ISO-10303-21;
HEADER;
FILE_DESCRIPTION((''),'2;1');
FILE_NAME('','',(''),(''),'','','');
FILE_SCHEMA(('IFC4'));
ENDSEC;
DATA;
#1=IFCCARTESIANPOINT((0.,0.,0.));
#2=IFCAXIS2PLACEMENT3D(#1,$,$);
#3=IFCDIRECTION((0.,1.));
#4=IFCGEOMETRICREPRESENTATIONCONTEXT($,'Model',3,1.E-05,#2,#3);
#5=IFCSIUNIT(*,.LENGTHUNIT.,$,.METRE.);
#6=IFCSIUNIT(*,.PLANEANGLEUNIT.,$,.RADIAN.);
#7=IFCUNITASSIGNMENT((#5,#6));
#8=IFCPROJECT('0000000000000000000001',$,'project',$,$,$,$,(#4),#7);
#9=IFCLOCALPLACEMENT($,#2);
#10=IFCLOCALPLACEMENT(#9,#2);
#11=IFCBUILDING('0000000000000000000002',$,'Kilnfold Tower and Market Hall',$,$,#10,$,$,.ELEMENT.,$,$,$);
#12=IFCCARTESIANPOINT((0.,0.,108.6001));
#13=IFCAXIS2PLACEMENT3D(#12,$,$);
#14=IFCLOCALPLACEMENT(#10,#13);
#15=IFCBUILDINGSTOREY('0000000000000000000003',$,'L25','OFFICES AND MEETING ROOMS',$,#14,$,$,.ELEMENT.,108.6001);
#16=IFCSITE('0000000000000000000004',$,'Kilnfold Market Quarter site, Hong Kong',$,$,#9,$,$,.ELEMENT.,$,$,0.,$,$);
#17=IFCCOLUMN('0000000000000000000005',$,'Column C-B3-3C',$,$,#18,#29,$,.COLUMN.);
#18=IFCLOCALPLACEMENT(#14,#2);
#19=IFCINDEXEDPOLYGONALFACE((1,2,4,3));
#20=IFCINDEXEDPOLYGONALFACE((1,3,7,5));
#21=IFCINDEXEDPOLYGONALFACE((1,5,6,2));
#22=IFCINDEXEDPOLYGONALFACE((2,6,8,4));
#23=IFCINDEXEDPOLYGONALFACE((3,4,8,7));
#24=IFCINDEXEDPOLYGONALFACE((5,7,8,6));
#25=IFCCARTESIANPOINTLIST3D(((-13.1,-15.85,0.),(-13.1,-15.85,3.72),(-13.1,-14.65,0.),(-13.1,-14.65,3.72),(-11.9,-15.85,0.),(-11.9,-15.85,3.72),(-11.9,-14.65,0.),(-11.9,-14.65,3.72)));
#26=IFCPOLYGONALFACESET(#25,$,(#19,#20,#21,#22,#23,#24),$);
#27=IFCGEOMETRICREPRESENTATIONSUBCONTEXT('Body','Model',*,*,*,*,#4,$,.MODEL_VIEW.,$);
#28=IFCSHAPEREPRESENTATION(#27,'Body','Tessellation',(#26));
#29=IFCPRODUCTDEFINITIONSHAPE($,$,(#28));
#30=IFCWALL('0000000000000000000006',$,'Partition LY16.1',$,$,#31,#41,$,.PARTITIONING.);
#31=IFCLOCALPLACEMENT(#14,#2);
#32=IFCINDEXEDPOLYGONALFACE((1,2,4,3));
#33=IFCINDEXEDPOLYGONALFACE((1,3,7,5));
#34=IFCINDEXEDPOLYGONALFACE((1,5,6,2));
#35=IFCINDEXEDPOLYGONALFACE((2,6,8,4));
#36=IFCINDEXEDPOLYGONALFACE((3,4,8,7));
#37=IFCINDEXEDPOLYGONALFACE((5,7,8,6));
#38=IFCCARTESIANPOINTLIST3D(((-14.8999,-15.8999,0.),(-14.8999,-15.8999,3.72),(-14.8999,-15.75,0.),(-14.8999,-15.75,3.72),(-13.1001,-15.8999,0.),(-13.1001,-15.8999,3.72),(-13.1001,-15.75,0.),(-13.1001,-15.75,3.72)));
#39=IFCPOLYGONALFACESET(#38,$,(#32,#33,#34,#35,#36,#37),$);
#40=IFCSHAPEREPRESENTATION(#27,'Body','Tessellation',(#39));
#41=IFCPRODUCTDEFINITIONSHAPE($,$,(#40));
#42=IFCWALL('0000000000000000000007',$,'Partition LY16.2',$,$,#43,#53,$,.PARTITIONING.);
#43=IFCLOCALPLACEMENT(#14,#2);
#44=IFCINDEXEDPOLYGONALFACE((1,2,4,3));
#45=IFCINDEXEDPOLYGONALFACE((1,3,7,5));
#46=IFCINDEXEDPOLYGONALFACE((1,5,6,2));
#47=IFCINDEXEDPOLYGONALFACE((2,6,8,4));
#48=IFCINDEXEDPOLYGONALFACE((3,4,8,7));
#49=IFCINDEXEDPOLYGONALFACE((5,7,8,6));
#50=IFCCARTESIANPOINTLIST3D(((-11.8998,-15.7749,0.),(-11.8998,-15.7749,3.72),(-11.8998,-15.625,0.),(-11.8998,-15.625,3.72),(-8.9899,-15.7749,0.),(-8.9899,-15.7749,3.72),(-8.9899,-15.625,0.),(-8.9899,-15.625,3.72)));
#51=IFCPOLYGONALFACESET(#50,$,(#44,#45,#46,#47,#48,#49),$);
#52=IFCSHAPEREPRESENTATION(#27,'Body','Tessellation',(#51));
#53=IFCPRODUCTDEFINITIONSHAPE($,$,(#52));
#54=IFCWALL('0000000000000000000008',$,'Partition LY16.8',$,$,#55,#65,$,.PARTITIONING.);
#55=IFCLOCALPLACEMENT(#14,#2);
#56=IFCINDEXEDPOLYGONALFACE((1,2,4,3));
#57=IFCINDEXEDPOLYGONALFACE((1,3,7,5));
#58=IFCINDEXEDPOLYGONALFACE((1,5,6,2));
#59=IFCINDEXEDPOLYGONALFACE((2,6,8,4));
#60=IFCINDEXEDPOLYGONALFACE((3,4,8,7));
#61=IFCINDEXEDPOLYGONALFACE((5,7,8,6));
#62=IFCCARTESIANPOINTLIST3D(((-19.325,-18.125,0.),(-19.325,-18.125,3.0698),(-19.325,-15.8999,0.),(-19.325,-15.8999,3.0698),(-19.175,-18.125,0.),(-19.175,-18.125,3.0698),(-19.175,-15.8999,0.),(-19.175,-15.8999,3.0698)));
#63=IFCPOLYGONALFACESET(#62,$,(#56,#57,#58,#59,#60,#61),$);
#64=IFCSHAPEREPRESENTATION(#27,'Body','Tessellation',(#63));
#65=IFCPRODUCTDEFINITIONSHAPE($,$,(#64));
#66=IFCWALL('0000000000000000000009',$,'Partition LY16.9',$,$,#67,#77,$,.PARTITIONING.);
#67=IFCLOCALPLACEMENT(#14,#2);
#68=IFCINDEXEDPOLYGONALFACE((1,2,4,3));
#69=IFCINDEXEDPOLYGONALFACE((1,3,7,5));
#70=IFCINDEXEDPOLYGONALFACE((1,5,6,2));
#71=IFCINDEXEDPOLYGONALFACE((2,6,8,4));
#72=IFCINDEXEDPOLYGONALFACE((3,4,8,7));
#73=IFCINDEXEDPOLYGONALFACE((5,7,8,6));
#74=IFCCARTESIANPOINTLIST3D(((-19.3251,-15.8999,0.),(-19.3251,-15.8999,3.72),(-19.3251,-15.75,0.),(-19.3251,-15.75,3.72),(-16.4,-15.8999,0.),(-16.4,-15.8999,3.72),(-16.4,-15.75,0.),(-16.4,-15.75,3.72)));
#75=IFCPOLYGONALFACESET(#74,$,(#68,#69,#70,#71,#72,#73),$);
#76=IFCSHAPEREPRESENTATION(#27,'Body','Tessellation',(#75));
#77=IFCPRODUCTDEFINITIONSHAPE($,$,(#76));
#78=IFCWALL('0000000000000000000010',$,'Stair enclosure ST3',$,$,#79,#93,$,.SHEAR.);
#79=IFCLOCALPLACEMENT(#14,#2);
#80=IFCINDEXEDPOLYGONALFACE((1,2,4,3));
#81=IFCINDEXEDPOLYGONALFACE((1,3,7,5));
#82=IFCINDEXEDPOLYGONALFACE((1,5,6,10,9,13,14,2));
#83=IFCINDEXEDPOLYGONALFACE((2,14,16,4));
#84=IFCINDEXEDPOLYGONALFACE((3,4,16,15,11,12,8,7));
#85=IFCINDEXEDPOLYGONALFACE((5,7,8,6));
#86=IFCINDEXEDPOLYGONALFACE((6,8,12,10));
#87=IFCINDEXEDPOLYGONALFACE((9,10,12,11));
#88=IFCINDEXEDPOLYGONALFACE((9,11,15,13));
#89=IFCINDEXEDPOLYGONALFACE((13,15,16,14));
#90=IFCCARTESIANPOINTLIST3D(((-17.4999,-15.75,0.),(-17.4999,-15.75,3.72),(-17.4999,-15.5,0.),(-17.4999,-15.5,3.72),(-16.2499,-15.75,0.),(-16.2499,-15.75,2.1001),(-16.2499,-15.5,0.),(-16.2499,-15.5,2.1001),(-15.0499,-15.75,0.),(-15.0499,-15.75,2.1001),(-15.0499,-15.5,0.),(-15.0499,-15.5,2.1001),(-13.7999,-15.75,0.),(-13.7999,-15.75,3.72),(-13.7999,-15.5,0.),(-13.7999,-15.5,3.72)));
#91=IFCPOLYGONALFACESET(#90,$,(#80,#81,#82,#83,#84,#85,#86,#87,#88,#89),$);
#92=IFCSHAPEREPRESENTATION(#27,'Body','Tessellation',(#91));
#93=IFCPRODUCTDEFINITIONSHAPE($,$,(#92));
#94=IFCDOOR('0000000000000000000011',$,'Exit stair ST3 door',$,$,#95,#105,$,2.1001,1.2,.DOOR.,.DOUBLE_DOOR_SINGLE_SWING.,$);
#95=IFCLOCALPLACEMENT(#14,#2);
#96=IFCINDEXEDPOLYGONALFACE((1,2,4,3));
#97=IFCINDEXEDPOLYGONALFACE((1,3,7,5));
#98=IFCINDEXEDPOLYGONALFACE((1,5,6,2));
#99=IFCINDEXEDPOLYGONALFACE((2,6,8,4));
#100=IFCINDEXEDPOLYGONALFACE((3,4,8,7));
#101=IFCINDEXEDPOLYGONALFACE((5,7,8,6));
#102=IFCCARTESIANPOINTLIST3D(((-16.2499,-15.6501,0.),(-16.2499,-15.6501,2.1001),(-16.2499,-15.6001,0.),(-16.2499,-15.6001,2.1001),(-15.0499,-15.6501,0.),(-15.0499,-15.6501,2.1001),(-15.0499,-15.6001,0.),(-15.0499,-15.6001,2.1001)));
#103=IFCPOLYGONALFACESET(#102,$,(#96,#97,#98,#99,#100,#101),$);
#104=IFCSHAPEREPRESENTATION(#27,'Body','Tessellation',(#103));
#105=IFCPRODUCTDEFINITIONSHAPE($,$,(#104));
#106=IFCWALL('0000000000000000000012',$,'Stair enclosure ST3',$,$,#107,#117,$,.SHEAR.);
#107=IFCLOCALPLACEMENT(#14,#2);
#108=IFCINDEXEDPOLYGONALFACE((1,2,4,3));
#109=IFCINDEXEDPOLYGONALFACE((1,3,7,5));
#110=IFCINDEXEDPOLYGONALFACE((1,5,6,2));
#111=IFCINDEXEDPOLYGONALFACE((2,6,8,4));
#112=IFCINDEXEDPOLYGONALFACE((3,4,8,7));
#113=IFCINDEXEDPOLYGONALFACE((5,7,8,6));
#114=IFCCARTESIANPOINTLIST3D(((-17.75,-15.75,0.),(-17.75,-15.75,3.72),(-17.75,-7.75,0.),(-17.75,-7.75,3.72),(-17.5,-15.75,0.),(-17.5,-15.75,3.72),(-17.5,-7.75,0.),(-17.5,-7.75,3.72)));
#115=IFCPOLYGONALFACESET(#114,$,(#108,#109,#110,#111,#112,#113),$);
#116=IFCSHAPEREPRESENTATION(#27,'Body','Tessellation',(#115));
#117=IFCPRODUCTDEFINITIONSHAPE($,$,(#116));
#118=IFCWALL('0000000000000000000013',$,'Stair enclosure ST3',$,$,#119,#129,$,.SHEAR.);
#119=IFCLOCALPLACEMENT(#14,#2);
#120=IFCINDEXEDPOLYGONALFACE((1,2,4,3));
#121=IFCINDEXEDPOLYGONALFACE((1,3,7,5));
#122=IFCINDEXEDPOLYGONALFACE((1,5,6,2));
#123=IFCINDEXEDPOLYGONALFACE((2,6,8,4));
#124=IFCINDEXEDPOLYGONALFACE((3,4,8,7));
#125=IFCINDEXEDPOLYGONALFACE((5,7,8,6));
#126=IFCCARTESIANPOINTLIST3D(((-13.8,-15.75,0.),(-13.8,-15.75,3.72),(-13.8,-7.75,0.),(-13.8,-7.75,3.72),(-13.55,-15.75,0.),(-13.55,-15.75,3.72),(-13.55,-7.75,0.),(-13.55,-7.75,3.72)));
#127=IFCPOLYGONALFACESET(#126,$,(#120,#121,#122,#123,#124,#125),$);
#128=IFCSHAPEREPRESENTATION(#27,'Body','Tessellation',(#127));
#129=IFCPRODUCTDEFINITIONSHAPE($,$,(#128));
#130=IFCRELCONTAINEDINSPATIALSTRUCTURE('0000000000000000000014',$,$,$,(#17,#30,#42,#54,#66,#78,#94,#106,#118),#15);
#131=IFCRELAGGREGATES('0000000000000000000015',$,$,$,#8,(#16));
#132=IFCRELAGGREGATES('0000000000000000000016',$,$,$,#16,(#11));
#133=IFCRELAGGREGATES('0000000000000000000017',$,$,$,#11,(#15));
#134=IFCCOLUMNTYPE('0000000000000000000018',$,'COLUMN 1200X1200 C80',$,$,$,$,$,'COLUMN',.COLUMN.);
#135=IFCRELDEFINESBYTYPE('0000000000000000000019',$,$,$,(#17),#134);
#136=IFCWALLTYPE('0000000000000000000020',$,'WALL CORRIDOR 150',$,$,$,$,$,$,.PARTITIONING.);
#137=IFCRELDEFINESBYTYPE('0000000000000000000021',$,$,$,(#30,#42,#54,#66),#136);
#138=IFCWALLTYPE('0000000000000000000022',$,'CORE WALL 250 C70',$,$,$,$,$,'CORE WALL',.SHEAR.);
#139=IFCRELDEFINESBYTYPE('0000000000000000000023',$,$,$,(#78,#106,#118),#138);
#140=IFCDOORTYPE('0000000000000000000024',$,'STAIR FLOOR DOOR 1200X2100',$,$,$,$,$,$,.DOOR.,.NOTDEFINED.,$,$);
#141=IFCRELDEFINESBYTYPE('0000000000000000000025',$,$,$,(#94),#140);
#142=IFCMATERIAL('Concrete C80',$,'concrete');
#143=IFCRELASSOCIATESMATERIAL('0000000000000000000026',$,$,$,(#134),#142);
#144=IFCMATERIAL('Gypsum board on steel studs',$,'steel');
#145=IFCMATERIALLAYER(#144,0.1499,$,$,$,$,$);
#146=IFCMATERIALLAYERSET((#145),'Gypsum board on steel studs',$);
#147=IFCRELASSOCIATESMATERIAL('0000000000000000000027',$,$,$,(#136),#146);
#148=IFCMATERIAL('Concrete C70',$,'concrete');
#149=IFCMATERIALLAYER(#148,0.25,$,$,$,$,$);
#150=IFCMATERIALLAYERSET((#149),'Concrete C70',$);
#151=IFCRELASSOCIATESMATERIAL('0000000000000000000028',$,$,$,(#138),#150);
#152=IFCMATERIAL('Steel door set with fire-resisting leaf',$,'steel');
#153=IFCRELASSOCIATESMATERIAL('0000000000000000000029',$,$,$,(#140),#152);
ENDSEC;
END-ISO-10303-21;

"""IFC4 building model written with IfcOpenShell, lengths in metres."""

from ifc_helpers import new_model, si_unit, direction, frame, frame_2d, origin, origin_2d, place, context, subcontext, project, spatial, rectangle, extrude, source, transform, mapped, material, layer, layer_set, material_profile, profile_set, type_object, element, fill, save


model = new_model("IFC4")

# Units and contexts
model_context = context("Model", 3, precision=1e-05, world=origin(), true_north=direction((0.0, 1.0)))
body_context = subcontext(model_context, "Body", "Model", "MODEL_VIEW")
ifc_project = project(units=[si_unit("LENGTHUNIT", "METRE"), si_unit("PLANEANGLEUNIT", "RADIAN")], contexts=[model_context])

# Site, building, storey
site_placement = place(None, origin())
site = spatial("IfcSite", under=ifc_project, at=site_placement, Name="Kilnfold Market Quarter site, Hong Kong", CompositionType="ELEMENT", RefElevation=0.0)
building_placement = place(site_placement, origin())
building = spatial("IfcBuilding", under=site, at=building_placement, Name="Kilnfold Tower and Market Hall", CompositionType="ELEMENT")
storey_placement = place(building_placement, frame((0.0, 0.0, 108.6001)))
storey = spatial("IfcBuildingStorey", under=building, at=storey_placement, Name="L25", Description="OFFICES AND MEETING ROOMS", CompositionType="ELEMENT", Elevation=108.6001)

# Column
ifc_material_1 = material(Name="Concrete C80", Category="concrete")
ifc_material_profile = material_profile(ifc_material_1, rectangle(XDim=1.2, YDim=1.2, at=origin_2d()), Name="RC 1200x1200")
ifc_profile_set = profile_set([ifc_material_profile], Name="Concrete C80")
column_type = type_object("IfcColumnType", Name="COLUMN 1200X1200 C80", ElementType="COLUMN", PredefinedType="COLUMN", material=ifc_profile_set)
shared_shape_1 = source(origin(), body_context, "Body", "SweptSolid", [
    extrude(rectangle(XDim=1.2, YDim=1.2, at=origin_2d()), origin(), (0.0, 0.0, 1.0), 3.72),
])
column_placement = place(storey_placement, frame((-12.5, -15.25, 0.0), z_axis=(0.0, 0.0, 1.0), x_axis=(1.0, 0.0, 0.0)))
element("IfcColumn", 1, at=column_placement, inside=storey, type_object=column_type, Name="Column C-B3-3C", PredefinedType="COLUMN", context=body_context, shape_type="MappedRepresentation", body=[
    mapped(shared_shape_1, transform((0.0, 0.0, 0.0))),
])

# Walls
ifc_material_2 = material(Name="Gypsum board on steel studs", Category="steel")
ifc_layer_1 = layer(ifc_material_2, 0.1499)
ifc_layer_set_1 = layer_set([ifc_layer_1], Name="Gypsum board on steel studs")
wall_type_1 = type_object("IfcWallType", Name="WALL CORRIDOR 150", PredefinedType="PARTITIONING", material=ifc_layer_set_1)
wall_1_placement = place(storey_placement, frame((-14.8999, -15.825, 0.0), z_axis=(0.0, 0.0, 1.0), x_axis=(1.0, 0.0, 0.0)))
element("IfcWall", 2, at=wall_1_placement, inside=storey, type_object=wall_type_1, Name="Partition LY16.1", PredefinedType="PARTITIONING", context=body_context, shape_type="SweptSolid", body=[
    extrude(rectangle(XDim=1.7998, YDim=0.1499, at=frame_2d((0.8999, 0.0))), origin(), (0.0, 0.0, 1.0), 3.72),
])
wall_2_placement = place(storey_placement, frame((-11.8999, -15.7, 0.0), z_axis=(0.0, 0.0, 1.0), x_axis=(1.0, 0.0, 0.0)))
element("IfcWall", 3, at=wall_2_placement, inside=storey, type_object=wall_type_1, Name="Partition LY16.2", PredefinedType="PARTITIONING", context=body_context, shape_type="SweptSolid", body=[
    extrude(rectangle(XDim=2.9099, YDim=0.1499, at=frame_2d((1.4551, 0.0))), origin(), (0.0, 0.0, 1.0), 3.72),
])
wall_3_placement = place(storey_placement, frame((-19.25, -15.8999, 0.0), z_axis=(0.0, 0.0, 1.0), x_axis=(0.0, -1.0, 0.0)))
element("IfcWall", 4, at=wall_3_placement, inside=storey, type_object=wall_type_1, Name="Partition LY16.8", PredefinedType="PARTITIONING", context=body_context, shape_type="SweptSolid", body=[
    extrude(rectangle(XDim=2.2251, YDim=0.1499, at=frame_2d((1.1125, 0.0))), origin(), (0.0, 0.0, 1.0), 3.0698),
])
wall_4_placement = place(storey_placement, frame((-19.325, -15.825, 0.0), z_axis=(0.0, 0.0, 1.0), x_axis=(1.0, 0.0, 0.0)))
element("IfcWall", 5, at=wall_4_placement, inside=storey, type_object=wall_type_1, Name="Partition LY16.9", PredefinedType="PARTITIONING", context=body_context, shape_type="SweptSolid", body=[
    extrude(rectangle(XDim=2.925, YDim=0.1499, at=frame_2d((1.4624, 0.0))), origin(), (0.0, 0.0, 1.0), 3.72),
])

# Wall, opening, door
ifc_material_3 = material(Name="Concrete C70", Category="concrete")
ifc_layer_2 = layer(ifc_material_3, 0.25)
ifc_layer_set_2 = layer_set([ifc_layer_2], Name="Concrete C70")
wall_type_2 = type_object("IfcWallType", Name="CORE WALL 250 C70", ElementType="CORE WALL", PredefinedType="SHEAR", material=ifc_layer_set_2)
shared_shape_2 = source(origin(), body_context, "Body", "SweptSolid", [
    extrude(rectangle(XDim=3.7, YDim=0.25, at=frame_2d((1.8501, 0.0))), origin(), (0.0, 0.0, 1.0), 3.72),
])
wall_5_placement = place(storey_placement, frame((-17.5, -15.625, 0.0), z_axis=(0.0, 0.0, 1.0), x_axis=(1.0, 0.0, 0.0)))
wall_5 = element("IfcWall", 6, at=wall_5_placement, inside=storey, type_object=wall_type_2, Name="Stair enclosure ST3", PredefinedType="SHEAR", context=body_context, shape_type="MappedRepresentation", body=[
    mapped(shared_shape_2, transform((0.0, 0.0, 0.0))),
])
opening_1_placement = place(wall_5_placement, frame((1.25, 0.0, 0.0)))
opening_1 = element("IfcOpeningElement", 7, at=opening_1_placement, cuts=wall_5, PredefinedType="OPENING", context=body_context, shape_type="SweptSolid", body=[
    extrude(rectangle(XDim=1.2, YDim=2.1001, at=frame_2d((0.6001, 1.05))), frame((0.0, 0.135, 0.0), z_axis=(0.0, -1.0, 0.0), x_axis=(1.0, 0.0, 0.0)), (0.0, 0.0, 1.0), 0.27),
])
ifc_material_4 = material(Name="Steel door set with fire-resisting leaf", Category="steel")
door_type = type_object("IfcDoorType", Name="STAIR FLOOR DOOR 1200X2100", OperationType="NOTDEFINED", PredefinedType="DOOR", material=ifc_material_4)
door_placement = place(opening_1_placement, origin())
door = element("IfcDoor", 8, at=door_placement, inside=storey, type_object=door_type, Name="Exit stair ST3 door", OperationType="DOUBLE_DOOR_SINGLE_SWING", OverallHeight=2.1001, OverallWidth=1.2, PredefinedType="DOOR", context=body_context, shape_type="SweptSolid", body=[
    extrude(rectangle(XDim=1.2, YDim=2.1001, at=frame_2d((0.6001, 1.05))), frame((0.0, 0.0249, 0.0), z_axis=(0.0, -1.0, 0.0), x_axis=(1.0, 0.0, 0.0)), (0.0, 0.0, 1.0), 0.05),
])
fill(opening_1, door)

# Walls
shared_shape_3 = source(origin(), body_context, "Body", "SweptSolid", [
    extrude(rectangle(XDim=8.0, YDim=0.25, at=frame_2d((4.0, 0.0))), origin(), (0.0, 0.0, 1.0), 3.72),
])
for number, where, z_axis, x_axis, name in (
    (9, (-17.625, -15.75, 0.0), (0.0, 0.0, 1.0), (0.0, 1.0, 0.0), "Stair enclosure ST3"),
    (10, (-13.675, -15.75, 0.0), (0.0, 0.0, 1.0), (0.0, 1.0, 0.0), "Stair enclosure ST3"),
):
    element("IfcWall", number, at=place(storey_placement, frame(where, z_axis=z_axis, x_axis=x_axis)), inside=storey, type_object=wall_type_2, Name=name, PredefinedType="SHEAR", context=body_context, shape_type="MappedRepresentation", body=[
        mapped(shared_shape_3, transform((0.0, 0.0, 0.0))),
    ])

save(model, "model.ifc")
